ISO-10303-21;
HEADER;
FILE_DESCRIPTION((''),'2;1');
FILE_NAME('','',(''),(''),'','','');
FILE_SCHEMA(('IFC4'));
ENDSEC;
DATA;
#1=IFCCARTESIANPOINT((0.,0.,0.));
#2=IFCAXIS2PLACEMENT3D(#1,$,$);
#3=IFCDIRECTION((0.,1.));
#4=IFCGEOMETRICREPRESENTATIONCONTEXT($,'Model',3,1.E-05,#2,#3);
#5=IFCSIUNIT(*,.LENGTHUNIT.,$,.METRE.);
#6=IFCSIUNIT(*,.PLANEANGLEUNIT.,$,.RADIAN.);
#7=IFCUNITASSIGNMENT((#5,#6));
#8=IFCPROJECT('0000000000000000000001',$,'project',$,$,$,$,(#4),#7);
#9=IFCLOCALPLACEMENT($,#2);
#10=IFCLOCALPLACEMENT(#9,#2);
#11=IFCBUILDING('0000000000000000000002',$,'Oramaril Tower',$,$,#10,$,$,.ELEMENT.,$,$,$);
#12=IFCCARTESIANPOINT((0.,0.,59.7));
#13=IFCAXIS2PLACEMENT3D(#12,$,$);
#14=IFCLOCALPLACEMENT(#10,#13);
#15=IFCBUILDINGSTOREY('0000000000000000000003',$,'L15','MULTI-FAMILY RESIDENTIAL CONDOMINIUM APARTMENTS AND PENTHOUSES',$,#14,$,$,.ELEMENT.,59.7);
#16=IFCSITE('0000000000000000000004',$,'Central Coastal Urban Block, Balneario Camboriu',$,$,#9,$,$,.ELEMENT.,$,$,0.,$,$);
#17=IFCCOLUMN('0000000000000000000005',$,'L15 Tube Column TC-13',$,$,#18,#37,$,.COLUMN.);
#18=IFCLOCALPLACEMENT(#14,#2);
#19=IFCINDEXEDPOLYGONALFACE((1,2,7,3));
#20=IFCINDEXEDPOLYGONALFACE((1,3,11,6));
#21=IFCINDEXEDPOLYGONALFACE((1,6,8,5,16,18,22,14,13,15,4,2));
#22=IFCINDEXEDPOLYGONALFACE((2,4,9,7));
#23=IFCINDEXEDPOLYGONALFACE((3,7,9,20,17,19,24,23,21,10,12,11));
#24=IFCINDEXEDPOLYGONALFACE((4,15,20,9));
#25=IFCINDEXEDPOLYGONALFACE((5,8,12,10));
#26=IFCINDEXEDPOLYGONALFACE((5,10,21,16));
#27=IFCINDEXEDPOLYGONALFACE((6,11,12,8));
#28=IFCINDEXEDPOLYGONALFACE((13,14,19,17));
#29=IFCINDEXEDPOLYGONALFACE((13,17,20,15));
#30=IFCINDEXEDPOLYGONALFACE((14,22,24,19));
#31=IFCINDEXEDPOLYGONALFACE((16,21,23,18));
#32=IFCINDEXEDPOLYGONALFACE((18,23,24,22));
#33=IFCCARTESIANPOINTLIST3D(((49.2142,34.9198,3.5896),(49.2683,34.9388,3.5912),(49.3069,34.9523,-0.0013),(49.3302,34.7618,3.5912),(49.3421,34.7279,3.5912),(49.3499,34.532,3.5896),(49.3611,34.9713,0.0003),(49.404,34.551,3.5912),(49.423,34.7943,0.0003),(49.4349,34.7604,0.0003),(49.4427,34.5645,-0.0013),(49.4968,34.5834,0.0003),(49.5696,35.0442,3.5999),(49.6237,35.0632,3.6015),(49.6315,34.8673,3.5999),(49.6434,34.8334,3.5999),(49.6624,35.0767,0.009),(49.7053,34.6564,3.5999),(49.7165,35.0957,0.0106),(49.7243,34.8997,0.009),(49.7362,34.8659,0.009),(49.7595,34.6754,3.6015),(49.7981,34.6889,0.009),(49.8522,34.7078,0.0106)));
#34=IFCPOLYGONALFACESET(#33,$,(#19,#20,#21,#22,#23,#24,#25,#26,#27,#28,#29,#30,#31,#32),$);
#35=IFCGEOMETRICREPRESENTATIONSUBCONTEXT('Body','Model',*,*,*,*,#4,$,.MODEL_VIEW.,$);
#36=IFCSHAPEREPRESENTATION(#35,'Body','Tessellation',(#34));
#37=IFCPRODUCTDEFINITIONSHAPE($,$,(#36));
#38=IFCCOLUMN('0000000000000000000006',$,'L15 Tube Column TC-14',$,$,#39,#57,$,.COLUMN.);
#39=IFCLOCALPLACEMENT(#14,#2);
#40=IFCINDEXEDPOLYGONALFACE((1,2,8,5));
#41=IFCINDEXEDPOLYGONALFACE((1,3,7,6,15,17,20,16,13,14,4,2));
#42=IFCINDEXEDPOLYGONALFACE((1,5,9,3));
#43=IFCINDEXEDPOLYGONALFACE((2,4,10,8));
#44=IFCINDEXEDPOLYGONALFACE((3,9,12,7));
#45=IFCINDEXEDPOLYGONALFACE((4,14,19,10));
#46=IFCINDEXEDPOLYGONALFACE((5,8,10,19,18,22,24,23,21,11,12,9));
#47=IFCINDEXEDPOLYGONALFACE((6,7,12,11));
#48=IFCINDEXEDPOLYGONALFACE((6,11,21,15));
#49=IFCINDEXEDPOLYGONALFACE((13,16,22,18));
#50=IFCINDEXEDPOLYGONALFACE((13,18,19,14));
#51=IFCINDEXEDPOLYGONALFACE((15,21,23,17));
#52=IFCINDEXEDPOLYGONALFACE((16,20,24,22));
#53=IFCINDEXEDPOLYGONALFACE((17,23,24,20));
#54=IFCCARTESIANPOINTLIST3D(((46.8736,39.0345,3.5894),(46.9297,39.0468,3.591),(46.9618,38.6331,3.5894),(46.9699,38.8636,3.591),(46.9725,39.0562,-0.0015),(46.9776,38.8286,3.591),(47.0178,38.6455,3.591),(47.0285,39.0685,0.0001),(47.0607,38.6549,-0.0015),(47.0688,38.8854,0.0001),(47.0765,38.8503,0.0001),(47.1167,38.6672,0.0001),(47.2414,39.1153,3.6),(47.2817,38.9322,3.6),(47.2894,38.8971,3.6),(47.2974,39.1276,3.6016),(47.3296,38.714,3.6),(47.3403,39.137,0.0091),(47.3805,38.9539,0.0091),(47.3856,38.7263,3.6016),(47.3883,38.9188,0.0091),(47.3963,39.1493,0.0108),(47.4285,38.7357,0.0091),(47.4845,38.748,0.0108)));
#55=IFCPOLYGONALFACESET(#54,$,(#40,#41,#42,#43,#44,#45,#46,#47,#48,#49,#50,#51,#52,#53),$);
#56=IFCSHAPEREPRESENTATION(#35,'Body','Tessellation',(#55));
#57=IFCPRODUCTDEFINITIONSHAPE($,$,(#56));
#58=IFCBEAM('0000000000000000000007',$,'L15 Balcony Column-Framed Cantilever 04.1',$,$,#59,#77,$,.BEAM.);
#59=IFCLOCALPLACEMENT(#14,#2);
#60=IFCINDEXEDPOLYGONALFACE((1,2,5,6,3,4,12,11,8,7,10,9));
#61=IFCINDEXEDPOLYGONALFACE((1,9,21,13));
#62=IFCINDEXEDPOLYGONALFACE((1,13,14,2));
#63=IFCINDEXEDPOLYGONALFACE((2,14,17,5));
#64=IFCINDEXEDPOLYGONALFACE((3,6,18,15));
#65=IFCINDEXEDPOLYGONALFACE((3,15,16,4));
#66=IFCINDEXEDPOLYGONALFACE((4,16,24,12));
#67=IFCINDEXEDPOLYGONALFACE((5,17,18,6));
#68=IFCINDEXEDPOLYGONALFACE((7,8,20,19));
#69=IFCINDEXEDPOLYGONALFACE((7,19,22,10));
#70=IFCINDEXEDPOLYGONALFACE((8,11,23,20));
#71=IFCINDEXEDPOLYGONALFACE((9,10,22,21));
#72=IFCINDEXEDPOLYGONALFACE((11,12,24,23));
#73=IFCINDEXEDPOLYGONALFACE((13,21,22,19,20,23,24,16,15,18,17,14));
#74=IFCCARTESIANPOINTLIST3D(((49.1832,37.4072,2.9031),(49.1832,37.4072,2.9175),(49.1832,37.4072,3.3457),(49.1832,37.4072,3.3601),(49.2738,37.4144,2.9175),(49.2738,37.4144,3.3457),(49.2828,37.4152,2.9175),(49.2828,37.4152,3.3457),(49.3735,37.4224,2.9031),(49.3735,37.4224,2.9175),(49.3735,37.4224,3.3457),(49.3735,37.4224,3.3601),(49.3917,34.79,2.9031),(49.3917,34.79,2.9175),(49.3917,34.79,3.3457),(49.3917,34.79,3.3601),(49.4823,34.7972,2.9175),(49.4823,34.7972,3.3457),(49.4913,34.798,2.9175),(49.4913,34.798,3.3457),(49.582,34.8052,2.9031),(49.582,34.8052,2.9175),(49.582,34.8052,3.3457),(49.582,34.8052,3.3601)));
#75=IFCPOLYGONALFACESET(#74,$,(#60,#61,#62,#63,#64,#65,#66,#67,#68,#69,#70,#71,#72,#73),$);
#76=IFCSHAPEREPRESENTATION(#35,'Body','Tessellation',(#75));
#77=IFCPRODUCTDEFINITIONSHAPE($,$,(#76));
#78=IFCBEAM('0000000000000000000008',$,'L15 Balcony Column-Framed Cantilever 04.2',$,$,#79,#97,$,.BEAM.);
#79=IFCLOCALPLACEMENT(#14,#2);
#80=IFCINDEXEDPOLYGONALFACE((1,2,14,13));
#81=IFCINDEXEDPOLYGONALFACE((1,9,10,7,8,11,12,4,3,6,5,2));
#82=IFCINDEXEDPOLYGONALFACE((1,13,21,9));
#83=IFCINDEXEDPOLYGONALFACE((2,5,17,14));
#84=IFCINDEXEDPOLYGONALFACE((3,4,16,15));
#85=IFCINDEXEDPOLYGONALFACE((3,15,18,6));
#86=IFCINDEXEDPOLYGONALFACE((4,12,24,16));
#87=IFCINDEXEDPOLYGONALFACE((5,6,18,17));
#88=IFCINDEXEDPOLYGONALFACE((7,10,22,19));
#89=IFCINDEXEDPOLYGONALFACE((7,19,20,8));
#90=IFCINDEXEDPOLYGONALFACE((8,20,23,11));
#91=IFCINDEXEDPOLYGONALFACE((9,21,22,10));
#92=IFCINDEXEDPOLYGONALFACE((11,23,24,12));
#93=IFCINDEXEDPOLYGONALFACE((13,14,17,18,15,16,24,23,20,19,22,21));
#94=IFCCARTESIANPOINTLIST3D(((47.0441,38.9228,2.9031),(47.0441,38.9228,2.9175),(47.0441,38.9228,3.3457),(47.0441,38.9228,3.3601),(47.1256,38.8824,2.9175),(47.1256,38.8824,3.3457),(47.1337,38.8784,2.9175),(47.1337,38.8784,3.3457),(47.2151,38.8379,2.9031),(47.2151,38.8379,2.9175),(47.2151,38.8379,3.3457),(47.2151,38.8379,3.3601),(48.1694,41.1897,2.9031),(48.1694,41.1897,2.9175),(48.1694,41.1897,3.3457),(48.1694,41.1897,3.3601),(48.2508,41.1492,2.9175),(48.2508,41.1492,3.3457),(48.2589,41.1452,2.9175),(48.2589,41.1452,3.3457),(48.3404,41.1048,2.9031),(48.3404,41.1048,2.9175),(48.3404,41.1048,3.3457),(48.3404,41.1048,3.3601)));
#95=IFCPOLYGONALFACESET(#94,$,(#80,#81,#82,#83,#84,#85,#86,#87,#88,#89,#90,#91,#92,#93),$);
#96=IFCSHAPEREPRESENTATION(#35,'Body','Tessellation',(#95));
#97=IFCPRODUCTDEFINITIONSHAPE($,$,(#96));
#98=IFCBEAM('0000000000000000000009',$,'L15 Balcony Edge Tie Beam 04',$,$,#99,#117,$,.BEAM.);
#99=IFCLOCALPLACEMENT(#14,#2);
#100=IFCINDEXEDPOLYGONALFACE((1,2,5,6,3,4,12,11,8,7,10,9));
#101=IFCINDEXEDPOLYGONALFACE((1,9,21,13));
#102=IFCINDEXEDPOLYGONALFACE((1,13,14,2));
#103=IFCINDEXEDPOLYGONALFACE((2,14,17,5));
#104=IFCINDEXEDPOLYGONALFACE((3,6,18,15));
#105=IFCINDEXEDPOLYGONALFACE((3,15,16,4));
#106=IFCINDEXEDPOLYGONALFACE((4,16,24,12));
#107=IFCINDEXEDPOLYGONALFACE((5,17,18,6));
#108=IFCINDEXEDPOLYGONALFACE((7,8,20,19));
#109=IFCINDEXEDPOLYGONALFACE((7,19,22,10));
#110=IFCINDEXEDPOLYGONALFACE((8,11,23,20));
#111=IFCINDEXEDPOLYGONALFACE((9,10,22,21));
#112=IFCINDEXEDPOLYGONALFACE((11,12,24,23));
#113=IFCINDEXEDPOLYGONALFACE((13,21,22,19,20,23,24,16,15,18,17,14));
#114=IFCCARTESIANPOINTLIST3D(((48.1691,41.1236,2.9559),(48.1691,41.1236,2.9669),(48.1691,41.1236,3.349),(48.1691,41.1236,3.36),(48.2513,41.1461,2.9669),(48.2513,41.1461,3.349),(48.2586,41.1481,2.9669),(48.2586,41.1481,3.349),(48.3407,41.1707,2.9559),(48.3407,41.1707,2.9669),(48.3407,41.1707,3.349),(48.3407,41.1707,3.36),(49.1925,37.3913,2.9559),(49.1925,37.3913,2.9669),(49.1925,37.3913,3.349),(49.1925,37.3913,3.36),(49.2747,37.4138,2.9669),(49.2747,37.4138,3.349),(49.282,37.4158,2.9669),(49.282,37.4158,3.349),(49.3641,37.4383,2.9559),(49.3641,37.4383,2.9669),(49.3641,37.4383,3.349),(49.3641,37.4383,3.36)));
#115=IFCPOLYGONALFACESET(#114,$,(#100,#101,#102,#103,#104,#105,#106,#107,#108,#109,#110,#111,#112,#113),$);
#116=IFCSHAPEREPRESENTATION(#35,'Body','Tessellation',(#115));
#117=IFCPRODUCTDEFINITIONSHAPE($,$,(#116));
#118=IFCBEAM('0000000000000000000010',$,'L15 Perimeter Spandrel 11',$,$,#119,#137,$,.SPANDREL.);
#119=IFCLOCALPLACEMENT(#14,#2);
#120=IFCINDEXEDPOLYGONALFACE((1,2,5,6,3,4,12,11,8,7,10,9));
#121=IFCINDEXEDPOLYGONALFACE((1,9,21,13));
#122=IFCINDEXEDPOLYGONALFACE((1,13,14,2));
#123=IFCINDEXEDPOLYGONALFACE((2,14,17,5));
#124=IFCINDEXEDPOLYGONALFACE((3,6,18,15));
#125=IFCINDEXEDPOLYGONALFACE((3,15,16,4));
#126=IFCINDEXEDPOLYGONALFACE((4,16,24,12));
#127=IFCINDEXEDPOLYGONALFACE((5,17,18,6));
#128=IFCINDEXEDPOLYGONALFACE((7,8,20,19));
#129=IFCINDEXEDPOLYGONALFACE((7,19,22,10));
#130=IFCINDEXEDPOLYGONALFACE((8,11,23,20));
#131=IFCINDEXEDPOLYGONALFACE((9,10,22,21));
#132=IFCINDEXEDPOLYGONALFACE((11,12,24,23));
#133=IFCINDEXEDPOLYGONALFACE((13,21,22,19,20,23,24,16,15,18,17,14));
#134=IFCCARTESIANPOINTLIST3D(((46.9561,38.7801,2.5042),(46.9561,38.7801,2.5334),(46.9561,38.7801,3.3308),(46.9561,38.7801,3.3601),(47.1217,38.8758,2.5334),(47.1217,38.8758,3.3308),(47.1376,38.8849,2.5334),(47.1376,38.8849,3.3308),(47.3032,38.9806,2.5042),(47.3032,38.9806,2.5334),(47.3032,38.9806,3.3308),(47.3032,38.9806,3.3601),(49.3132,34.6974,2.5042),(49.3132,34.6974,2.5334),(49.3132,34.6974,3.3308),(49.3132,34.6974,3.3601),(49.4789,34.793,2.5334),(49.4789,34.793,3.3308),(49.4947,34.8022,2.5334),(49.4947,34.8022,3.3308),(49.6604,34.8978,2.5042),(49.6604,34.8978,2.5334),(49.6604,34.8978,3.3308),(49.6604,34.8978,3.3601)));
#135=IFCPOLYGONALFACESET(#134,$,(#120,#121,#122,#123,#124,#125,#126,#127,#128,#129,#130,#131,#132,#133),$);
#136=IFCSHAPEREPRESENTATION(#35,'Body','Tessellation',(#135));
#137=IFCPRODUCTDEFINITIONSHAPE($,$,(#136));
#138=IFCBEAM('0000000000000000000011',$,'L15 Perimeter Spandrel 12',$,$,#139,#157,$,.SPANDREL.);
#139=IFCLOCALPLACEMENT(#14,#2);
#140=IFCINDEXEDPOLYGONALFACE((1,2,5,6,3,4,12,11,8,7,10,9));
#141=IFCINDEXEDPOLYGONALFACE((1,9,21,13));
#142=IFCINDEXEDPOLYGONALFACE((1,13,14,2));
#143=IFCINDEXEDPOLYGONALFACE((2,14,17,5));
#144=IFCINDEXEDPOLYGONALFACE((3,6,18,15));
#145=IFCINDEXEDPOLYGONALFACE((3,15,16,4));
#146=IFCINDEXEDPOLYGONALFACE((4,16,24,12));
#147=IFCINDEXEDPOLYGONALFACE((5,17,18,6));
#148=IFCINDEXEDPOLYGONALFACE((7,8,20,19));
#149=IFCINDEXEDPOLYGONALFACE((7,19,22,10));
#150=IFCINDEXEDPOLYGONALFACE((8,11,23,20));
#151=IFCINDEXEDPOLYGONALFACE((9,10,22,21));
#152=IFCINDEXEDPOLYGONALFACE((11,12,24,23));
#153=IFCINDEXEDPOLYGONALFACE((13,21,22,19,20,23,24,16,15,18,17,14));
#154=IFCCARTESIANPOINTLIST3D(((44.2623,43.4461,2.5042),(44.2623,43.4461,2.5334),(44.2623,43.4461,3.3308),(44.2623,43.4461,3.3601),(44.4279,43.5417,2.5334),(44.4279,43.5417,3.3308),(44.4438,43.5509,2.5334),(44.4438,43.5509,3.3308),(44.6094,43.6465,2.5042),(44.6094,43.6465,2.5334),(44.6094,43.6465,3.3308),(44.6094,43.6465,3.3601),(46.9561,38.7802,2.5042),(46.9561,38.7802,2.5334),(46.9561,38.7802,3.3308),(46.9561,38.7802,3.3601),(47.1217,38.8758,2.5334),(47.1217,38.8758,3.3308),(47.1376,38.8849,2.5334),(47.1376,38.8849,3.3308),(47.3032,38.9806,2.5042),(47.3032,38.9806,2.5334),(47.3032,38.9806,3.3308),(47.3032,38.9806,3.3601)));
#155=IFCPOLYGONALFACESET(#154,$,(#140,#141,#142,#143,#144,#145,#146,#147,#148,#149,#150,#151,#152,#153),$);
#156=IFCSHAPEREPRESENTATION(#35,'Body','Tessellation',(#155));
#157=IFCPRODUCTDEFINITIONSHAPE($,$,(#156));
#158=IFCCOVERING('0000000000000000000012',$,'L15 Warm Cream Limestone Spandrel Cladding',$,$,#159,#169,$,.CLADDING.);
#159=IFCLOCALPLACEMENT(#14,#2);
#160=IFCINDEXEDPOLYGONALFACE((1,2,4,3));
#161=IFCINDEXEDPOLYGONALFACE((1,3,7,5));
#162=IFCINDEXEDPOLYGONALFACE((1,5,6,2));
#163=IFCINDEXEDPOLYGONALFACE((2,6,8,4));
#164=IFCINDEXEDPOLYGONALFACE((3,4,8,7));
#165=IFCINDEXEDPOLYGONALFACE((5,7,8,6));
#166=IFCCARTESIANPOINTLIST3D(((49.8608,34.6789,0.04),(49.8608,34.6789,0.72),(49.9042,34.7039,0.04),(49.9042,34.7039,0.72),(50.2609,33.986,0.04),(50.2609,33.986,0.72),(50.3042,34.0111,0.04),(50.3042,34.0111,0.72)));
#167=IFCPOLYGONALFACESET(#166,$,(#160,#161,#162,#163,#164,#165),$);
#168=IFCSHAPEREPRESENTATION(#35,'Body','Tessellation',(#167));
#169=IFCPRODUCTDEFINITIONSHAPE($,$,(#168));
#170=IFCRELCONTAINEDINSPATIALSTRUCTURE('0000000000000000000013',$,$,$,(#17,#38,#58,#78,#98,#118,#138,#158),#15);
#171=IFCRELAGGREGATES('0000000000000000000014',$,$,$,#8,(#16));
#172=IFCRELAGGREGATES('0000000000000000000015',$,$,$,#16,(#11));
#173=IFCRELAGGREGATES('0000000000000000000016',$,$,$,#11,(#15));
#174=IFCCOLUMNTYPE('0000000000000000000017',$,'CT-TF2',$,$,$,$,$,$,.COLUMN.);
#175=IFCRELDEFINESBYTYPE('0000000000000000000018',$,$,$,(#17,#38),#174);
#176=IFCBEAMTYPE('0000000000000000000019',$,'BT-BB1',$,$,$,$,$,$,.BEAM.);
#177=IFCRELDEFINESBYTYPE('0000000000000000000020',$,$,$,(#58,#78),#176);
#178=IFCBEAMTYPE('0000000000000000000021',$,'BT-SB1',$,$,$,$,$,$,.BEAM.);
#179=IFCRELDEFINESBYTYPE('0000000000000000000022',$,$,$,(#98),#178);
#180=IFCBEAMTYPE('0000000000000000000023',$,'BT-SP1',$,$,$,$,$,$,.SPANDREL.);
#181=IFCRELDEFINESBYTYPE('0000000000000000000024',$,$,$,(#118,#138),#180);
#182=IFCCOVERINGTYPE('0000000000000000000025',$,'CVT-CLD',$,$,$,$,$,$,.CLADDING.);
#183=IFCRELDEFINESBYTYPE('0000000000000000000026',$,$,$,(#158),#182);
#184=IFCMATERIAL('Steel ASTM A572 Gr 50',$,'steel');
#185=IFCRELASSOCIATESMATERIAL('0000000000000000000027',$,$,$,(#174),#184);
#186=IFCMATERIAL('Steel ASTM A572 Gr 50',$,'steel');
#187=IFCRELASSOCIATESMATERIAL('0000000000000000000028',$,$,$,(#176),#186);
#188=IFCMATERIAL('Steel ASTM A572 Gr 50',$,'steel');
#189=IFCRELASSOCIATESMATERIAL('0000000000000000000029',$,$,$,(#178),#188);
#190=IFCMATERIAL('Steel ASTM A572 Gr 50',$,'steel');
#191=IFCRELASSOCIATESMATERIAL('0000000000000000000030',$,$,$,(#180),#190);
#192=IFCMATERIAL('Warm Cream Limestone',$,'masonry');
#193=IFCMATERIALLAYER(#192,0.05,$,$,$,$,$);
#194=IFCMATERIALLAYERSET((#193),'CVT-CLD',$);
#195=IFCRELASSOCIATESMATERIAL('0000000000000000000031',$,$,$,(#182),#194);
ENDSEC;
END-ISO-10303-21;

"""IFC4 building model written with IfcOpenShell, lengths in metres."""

from ifc_helpers import new_model, si_unit, direction, frame, origin, origin_2d, place, context, subcontext, project, spatial, rectangle, i_section, extrude, material, layer, layer_set, material_profile, profile_set, type_object, element, save


model = new_model("IFC4")

# Units and contexts
model_context = context("Model", 3, precision=1e-05, world=origin(), true_north=direction((0.0, 1.0)))
body_context = subcontext(model_context, "Body", "Model", "MODEL_VIEW")
ifc_project = project(units=[si_unit("LENGTHUNIT", "METRE"), si_unit("PLANEANGLEUNIT", "RADIAN")], contexts=[model_context])

# Site, building, storey
site_placement = place(None, origin())
site = spatial("IfcSite", under=ifc_project, at=site_placement, Name="Central Coastal Urban Block, Balneario Camboriu", CompositionType="ELEMENT", RefElevation=0.0)
building_placement = place(site_placement, origin())
building = spatial("IfcBuilding", under=site, at=building_placement, Name="Oramaril Tower", CompositionType="ELEMENT")
storey_placement = place(building_placement, frame((0.0, 0.0, 59.7)))
storey = spatial("IfcBuildingStorey", under=building, at=storey_placement, Name="L15", Description="MULTI-FAMILY RESIDENTIAL CONDOMINIUM APARTMENTS AND PENTHOUSES", CompositionType="ELEMENT", Elevation=59.7)

# Columns
ifc_material_1 = material(Name="Steel ASTM A572 Gr 50", Category="steel")
ifc_material_profile_1 = material_profile(ifc_material_1, i_section(OverallWidth=0.4109, OverallDepth=0.4341, WebThickness=0.0359, FlangeThickness=0.0574, at=origin_2d()), Name="W14X311")
ifc_profile_set_1 = profile_set([ifc_material_profile_1], Name="Steel ASTM A572 Gr 50")
column_type = type_object("IfcColumnType", Name="CT-TF2", PredefinedType="COLUMN", material=ifc_profile_set_1)
for number, where, z_axis, x_axis, name in (
    (1, (49.5796, 34.8301, 0.0046), (-0.025827, -0.009039, 0.999626), (0.33035, -0.943858, 0.0), "L15 Tube Column TC-13"),
    (2, (47.2285, 38.9021, 0.0046), (-0.027525, -0.006049, 0.999603), (0.214632, -0.976695, 0.0), "L15 Tube Column TC-14"),
):
    element("IfcColumn", number, at=place(storey_placement, frame(where, z_axis=z_axis, x_axis=x_axis)), inside=storey, type_object=column_type, Name=name, PredefinedType="COLUMN", context=body_context, shape_type="SweptSolid", body=[
        extrude(i_section(OverallWidth=0.4109, OverallDepth=0.4341, WebThickness=0.0359, FlangeThickness=0.0574, at=origin_2d()), origin(), (0.0, 0.0, 1.0), 3.5923),
    ])

# Beams
ifc_material_2 = material(Name="Steel ASTM A572 Gr 50", Category="steel")
ifc_material_profile_2 = material_profile(ifc_material_2, i_section(OverallWidth=0.1909, OverallDepth=0.457, WebThickness=0.009, FlangeThickness=0.0144, at=origin_2d()), Name="W18X50")
ifc_profile_set_2 = profile_set([ifc_material_profile_2], Name="Steel ASTM A572 Gr 50")
beam_type_1 = type_object("IfcBeamType", Name="BT-BB1", PredefinedType="BEAM", material=ifc_profile_set_2)
beam_1_placement = place(storey_placement, frame((49.4868, 34.7976, 3.1316), z_axis=(-0.079413, 0.996842, 0.0), x_axis=(-0.996842, -0.079413, 0.0)))
element("IfcBeam", 3, at=beam_1_placement, inside=storey, type_object=beam_type_1, Name="L15 Balcony Column-Framed Cantilever 04.1", PredefinedType="BEAM", context=body_context, shape_type="SweptSolid", body=[
    extrude(i_section(OverallWidth=0.1909, OverallDepth=0.457, WebThickness=0.009, FlangeThickness=0.0144, at=origin_2d()), origin(), (0.0, 0.0, 1.0), 2.6255),
])
beam_2_placement = place(storey_placement, frame((47.1296, 38.8804, 3.1316), z_axis=(0.444626, 0.895716, 0.0), x_axis=(-0.895716, 0.444626, 0.0)))
element("IfcBeam", 4, at=beam_2_placement, inside=storey, type_object=beam_type_1, Name="L15 Balcony Column-Framed Cantilever 04.2", PredefinedType="BEAM", context=body_context, shape_type="SweptSolid", body=[
    extrude(i_section(OverallWidth=0.1909, OverallDepth=0.457, WebThickness=0.009, FlangeThickness=0.0144, at=origin_2d()), origin(), (0.0, 0.0, 1.0), 2.5308),
])
ifc_material_3 = material(Name="Steel ASTM A572 Gr 50", Category="steel")
ifc_material_profile_3 = material_profile(ifc_material_3, i_section(OverallWidth=0.178, OverallDepth=0.4041, WebThickness=0.0076, FlangeThickness=0.011, at=origin_2d()), Name="W16X36")
ifc_profile_set_3 = profile_set([ifc_material_profile_3], Name="Steel ASTM A572 Gr 50")
beam_type_2 = type_object("IfcBeamType", Name="BT-SB1", PredefinedType="BEAM", material=ifc_profile_set_3)
beam_3_placement = place(storey_placement, frame((49.2783, 37.4148, 3.158), z_axis=(-0.264441, 0.964402, 0.0), x_axis=(-0.964402, -0.264441, 0.0)))
element("IfcBeam", 5, at=beam_3_placement, inside=storey, type_object=beam_type_2, Name="L15 Balcony Edge Tie Beam 04", PredefinedType="BEAM", context=body_context, shape_type="SweptSolid", body=[
    extrude(i_section(OverallWidth=0.178, OverallDepth=0.4041, WebThickness=0.0076, FlangeThickness=0.011, at=origin_2d()), origin(), (0.0, 0.0, 1.0), 3.8701),
])
ifc_material_4 = material(Name="Steel ASTM A572 Gr 50", Category="steel")
ifc_material_profile_4 = material_profile(ifc_material_4, i_section(OverallWidth=0.4009, OverallDepth=0.856, WebThickness=0.0183, FlangeThickness=0.0293, at=origin_2d()), Name="W33X201")
ifc_profile_set_4 = profile_set([ifc_material_profile_4], Name="Steel ASTM A572 Gr 50")
beam_type_3 = type_object("IfcBeamType", Name="BT-SP1", PredefinedType="SPANDREL", material=ifc_profile_set_4)
beam_4_placement = place(storey_placement, frame((49.4868, 34.7976, 2.9321), z_axis=(-0.499999, 0.866026, 0.0), x_axis=(-0.866026, -0.499999, 0.0)))
element("IfcBeam", 6, at=beam_4_placement, inside=storey, type_object=beam_type_3, Name="L15 Perimeter Spandrel 11", PredefinedType="SPANDREL", context=body_context, shape_type="SweptSolid", body=[
    extrude(i_section(OverallWidth=0.4009, OverallDepth=0.856, WebThickness=0.0183, FlangeThickness=0.0293, at=origin_2d()), origin(), (0.0, 0.0, 1.0), 4.7144),
])
beam_5_placement = place(storey_placement, frame((47.1296, 38.8804, 2.9321), z_axis=(-0.499989, 0.866032, 0.0), x_axis=(-0.866032, -0.499989, 0.0)))
element("IfcBeam", 7, at=beam_5_placement, inside=storey, type_object=beam_type_3, Name="L15 Perimeter Spandrel 12", PredefinedType="SPANDREL", context=body_context, shape_type="SweptSolid", body=[
    extrude(i_section(OverallWidth=0.4009, OverallDepth=0.856, WebThickness=0.0183, FlangeThickness=0.0293, at=origin_2d()), origin(), (0.0, 0.0, 1.0), 5.3877),
])

# Covering
ifc_material_5 = material(Name="Warm Cream Limestone", Category="masonry")
ifc_layer = layer(ifc_material_5, 0.05)
ifc_layer_set = layer_set([ifc_layer], Name="CVT-CLD")
covering_type = type_object("IfcCoveringType", Name="CVT-CLD", PredefinedType="CLADDING", material=ifc_layer_set)
covering_placement = place(storey_placement, frame((50.0825, 34.345, 0.04), z_axis=(0.0, 0.0, 1.0), x_axis=(-0.499998, 0.866026, 0.0)))
element("IfcCovering", 8, at=covering_placement, inside=storey, type_object=covering_type, Name="L15 Warm Cream Limestone Spandrel Cladding", PredefinedType="CLADDING", context=body_context, shape_type="SweptSolid", body=[
    extrude(rectangle(XDim=0.8, YDim=0.05, at=origin_2d()), origin(), (0.0, 0.0, 1.0), 0.6799),
])

save(model, "model.ifc")
